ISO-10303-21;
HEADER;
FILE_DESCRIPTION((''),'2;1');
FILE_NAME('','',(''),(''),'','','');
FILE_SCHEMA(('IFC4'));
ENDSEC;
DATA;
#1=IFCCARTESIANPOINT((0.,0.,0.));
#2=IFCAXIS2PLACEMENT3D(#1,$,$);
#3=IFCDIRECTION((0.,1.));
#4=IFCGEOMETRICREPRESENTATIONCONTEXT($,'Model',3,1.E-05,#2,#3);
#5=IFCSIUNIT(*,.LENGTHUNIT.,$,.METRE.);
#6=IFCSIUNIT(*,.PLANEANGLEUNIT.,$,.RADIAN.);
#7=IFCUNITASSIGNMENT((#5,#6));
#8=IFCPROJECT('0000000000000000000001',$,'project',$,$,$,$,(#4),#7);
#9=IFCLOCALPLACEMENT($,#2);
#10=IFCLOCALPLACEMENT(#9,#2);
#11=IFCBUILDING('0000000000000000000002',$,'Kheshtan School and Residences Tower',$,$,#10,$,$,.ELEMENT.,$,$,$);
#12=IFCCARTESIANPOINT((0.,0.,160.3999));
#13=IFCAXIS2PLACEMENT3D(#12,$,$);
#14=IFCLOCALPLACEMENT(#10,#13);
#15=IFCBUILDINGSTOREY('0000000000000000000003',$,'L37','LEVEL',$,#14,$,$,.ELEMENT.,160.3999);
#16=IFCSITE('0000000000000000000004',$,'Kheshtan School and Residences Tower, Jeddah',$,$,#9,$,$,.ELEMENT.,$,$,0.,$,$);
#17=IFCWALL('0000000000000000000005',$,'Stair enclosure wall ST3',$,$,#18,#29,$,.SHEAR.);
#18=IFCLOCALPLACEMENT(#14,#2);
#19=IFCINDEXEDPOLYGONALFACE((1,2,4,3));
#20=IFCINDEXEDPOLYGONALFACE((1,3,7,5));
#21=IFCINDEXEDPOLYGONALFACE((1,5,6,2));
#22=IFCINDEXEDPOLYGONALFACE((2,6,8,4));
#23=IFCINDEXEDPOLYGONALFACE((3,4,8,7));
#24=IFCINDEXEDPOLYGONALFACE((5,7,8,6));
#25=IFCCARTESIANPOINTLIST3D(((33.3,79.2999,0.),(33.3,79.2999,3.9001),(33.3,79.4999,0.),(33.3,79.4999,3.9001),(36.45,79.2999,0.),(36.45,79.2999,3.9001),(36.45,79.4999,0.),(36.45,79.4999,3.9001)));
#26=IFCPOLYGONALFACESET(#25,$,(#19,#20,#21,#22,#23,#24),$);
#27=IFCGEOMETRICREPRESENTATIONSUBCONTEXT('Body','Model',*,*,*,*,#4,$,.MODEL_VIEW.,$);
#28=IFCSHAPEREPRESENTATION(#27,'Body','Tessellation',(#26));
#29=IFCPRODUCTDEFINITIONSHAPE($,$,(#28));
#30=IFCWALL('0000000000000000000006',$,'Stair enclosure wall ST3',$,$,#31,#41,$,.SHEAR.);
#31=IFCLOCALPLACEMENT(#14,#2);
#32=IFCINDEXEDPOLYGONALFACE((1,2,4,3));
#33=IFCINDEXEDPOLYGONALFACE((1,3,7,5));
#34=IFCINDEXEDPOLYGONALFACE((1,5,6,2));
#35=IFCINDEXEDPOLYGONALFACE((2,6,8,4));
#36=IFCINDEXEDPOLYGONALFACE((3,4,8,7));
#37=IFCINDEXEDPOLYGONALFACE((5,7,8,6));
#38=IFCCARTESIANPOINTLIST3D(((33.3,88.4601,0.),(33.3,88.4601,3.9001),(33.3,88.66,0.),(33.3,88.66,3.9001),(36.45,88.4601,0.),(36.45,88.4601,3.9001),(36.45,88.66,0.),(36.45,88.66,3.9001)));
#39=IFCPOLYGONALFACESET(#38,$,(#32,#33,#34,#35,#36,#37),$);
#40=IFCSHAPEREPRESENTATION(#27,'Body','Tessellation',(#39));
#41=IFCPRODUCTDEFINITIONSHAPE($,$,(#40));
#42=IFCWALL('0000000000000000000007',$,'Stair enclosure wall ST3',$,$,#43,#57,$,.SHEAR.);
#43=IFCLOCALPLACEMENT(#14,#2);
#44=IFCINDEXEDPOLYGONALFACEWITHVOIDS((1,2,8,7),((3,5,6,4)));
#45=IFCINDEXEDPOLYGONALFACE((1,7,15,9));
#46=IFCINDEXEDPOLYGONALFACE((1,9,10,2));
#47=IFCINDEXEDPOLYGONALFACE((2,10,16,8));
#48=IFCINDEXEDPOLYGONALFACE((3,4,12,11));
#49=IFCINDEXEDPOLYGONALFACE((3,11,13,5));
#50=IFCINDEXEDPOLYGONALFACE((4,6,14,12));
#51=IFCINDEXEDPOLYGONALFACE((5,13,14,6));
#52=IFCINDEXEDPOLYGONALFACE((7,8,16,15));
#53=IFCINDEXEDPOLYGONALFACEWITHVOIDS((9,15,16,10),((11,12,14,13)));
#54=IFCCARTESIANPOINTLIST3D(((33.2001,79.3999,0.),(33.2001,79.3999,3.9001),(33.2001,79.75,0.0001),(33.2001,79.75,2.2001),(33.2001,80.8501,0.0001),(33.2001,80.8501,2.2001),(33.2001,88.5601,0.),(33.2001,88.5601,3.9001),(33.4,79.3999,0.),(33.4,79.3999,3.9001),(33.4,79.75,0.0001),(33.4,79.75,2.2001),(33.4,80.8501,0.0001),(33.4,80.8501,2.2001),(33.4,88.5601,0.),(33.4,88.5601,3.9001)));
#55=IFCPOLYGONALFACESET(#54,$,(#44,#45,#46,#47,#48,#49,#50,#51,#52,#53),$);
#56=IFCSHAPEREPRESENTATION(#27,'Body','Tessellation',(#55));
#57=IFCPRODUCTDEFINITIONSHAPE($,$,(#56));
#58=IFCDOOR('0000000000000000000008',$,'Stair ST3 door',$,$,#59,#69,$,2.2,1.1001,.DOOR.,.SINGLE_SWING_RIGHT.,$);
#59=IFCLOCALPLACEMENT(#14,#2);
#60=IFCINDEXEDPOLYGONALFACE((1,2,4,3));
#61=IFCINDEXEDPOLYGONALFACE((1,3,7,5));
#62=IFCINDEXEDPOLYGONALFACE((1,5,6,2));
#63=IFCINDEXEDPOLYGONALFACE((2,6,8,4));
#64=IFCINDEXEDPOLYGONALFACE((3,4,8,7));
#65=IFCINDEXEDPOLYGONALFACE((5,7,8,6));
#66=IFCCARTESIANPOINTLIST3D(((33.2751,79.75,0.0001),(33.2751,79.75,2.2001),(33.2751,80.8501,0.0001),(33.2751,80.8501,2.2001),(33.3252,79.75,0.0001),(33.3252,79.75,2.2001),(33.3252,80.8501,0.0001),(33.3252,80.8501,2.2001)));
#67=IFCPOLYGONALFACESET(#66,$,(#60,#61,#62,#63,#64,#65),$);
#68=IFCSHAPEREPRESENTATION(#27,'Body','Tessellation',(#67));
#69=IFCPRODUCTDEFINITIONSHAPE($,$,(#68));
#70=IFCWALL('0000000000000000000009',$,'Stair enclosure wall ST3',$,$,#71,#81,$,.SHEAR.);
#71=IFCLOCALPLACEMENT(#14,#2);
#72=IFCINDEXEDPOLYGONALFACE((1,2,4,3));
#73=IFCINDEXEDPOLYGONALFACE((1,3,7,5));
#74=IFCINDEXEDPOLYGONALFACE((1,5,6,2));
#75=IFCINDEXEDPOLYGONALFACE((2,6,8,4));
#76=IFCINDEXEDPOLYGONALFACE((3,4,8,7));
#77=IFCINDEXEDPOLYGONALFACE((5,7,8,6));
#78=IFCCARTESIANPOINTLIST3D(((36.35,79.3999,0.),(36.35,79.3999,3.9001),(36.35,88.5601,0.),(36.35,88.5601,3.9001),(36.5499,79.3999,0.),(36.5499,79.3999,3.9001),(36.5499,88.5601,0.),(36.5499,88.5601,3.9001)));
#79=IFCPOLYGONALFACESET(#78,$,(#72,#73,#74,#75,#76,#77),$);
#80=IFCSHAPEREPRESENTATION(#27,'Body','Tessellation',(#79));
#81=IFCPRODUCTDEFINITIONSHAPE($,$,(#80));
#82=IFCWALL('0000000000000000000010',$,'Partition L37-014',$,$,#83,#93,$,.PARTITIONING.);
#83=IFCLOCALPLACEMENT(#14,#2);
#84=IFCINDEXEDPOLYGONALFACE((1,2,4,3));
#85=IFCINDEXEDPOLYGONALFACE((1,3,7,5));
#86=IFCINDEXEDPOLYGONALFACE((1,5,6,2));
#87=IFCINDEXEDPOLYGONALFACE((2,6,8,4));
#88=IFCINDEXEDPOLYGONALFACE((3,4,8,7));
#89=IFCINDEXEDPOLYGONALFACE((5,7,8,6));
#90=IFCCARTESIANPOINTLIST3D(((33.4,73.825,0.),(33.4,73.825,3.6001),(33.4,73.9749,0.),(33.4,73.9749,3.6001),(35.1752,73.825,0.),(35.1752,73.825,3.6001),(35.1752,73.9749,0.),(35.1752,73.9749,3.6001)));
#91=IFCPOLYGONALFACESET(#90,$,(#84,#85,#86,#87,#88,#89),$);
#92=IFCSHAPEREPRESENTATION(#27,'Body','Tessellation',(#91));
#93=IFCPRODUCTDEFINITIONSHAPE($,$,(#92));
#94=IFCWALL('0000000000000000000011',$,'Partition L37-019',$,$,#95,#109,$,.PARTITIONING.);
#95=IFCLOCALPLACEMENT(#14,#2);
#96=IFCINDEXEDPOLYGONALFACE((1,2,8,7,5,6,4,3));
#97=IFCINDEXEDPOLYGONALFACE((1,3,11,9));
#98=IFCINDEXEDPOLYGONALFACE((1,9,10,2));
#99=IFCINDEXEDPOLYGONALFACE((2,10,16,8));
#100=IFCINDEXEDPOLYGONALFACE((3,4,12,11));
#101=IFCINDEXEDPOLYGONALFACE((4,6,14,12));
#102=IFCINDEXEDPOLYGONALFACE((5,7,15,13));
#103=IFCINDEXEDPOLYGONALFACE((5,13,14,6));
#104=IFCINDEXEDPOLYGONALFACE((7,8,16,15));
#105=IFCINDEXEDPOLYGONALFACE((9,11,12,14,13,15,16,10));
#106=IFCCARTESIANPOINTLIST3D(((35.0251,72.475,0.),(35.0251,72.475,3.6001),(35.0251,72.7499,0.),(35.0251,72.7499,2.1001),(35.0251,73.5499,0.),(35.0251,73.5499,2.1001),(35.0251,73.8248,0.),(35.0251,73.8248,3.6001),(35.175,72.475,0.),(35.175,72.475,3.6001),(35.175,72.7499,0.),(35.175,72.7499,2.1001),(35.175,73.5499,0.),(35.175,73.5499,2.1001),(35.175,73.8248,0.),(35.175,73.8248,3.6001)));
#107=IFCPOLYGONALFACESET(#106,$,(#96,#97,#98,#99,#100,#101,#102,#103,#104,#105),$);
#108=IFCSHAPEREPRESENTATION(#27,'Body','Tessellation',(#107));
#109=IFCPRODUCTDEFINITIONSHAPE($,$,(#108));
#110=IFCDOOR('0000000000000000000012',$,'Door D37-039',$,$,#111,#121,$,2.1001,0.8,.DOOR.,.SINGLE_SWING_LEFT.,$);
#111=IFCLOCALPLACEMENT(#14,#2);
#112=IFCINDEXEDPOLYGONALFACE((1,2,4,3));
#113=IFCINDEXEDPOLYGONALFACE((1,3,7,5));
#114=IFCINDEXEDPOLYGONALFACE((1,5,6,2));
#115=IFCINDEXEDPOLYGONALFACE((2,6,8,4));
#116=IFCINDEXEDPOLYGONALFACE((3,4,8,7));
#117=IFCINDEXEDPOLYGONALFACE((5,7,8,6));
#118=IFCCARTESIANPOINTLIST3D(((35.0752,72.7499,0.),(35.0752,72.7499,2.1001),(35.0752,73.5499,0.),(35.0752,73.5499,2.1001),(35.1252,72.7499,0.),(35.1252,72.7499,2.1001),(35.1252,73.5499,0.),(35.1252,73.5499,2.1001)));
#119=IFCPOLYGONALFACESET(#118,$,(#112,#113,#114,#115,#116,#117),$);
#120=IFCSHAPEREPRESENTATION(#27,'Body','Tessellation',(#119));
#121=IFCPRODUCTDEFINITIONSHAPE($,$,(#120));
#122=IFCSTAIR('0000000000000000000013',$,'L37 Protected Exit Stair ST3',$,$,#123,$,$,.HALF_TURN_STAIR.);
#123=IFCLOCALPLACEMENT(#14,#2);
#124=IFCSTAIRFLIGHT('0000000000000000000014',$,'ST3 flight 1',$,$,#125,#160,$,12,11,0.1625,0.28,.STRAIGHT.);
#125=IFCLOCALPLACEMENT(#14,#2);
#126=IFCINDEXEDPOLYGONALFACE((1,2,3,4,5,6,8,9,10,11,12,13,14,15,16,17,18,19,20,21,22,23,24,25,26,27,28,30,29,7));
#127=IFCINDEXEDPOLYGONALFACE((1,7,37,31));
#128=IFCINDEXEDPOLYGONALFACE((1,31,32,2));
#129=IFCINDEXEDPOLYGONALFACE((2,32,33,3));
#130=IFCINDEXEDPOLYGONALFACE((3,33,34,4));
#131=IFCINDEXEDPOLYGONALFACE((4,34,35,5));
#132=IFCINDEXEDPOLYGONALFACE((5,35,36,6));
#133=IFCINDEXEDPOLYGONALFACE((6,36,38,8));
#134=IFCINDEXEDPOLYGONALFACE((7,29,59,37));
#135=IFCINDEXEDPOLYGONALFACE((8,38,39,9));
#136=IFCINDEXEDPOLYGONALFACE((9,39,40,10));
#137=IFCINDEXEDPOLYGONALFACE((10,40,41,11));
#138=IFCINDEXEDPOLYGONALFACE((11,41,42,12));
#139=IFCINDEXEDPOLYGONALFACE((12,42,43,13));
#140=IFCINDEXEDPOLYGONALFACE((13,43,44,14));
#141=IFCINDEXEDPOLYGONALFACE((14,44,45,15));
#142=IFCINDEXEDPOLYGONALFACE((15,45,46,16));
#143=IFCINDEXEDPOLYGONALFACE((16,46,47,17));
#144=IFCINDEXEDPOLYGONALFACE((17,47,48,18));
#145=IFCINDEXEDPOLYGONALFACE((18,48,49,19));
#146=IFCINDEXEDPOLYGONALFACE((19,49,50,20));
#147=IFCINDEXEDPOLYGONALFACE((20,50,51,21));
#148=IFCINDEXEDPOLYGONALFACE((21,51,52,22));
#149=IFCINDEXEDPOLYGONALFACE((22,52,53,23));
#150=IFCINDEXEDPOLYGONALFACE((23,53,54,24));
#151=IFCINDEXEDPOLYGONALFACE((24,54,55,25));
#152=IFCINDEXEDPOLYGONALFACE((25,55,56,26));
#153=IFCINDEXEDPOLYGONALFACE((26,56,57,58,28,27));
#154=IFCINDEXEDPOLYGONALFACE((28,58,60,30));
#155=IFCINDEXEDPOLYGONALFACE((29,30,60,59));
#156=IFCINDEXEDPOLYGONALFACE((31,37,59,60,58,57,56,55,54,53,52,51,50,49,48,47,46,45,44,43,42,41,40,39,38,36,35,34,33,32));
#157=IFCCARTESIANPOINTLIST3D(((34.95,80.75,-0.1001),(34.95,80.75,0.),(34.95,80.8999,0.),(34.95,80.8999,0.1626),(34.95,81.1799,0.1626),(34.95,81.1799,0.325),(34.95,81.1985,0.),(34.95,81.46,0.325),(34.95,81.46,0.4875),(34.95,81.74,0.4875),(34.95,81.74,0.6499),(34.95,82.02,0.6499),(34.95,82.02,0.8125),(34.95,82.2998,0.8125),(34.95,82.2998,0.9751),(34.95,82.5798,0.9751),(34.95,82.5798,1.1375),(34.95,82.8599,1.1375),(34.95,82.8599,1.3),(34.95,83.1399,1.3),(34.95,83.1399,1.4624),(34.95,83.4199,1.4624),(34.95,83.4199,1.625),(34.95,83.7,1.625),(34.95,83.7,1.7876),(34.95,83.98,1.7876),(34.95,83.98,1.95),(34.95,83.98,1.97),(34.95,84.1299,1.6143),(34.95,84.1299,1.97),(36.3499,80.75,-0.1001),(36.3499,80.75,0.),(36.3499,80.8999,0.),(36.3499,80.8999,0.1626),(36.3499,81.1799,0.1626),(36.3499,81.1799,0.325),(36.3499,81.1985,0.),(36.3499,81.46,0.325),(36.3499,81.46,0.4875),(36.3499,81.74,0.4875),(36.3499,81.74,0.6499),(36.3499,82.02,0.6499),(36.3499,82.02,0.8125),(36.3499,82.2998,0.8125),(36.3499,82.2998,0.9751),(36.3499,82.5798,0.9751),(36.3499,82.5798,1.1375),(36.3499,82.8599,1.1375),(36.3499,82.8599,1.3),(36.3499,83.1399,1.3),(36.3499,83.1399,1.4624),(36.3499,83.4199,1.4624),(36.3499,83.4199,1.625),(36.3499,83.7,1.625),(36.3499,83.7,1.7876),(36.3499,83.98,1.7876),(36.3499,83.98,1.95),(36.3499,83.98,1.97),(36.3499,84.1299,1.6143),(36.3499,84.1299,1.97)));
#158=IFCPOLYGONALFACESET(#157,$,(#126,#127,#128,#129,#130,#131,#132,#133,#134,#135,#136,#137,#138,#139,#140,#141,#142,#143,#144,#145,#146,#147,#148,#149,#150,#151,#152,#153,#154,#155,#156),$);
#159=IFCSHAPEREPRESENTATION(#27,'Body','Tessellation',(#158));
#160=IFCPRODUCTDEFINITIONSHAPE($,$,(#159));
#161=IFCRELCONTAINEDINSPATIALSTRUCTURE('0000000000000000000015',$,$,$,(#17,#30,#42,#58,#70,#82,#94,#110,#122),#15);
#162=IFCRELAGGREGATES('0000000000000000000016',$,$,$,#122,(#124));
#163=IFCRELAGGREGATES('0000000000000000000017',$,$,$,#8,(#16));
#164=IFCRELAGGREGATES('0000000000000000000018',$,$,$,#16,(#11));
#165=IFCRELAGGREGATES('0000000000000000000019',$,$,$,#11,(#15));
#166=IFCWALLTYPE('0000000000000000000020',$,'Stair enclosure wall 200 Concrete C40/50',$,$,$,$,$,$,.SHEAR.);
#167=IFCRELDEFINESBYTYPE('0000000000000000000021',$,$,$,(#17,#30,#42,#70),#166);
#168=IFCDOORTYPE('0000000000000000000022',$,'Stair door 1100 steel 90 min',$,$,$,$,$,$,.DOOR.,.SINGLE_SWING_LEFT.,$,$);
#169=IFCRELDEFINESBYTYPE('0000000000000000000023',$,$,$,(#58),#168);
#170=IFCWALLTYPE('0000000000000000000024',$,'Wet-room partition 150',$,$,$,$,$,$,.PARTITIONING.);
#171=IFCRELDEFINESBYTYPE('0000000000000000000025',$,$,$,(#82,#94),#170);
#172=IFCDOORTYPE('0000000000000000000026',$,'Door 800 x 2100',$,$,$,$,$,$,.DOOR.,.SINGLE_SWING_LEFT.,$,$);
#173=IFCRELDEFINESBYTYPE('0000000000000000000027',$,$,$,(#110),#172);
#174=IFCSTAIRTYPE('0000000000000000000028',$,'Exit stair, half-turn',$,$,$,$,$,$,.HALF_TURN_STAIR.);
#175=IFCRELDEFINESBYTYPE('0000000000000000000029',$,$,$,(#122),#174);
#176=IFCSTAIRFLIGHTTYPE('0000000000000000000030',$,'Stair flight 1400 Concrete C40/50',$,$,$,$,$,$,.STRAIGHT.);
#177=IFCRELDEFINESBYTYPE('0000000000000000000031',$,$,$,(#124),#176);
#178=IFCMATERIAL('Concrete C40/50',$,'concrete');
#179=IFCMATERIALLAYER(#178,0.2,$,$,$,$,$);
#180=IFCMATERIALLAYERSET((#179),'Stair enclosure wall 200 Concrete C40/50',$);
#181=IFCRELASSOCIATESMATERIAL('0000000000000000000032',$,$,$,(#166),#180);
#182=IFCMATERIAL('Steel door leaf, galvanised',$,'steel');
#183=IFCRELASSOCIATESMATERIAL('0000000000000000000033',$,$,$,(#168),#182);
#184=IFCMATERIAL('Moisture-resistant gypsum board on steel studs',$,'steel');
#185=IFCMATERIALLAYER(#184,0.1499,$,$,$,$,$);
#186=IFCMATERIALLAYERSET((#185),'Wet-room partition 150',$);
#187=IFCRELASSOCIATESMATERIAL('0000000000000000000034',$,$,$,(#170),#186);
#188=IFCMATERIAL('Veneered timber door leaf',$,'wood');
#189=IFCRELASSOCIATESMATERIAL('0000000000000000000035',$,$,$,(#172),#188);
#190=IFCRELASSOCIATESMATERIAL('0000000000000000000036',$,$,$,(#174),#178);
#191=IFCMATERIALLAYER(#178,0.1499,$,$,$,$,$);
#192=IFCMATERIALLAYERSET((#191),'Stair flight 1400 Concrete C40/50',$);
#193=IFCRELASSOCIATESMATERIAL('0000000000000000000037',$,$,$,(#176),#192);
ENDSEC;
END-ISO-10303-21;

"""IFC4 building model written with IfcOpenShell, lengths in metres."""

from ifc_helpers import new_model, si_unit, direction, frame, frame_2d, origin, place, context, subcontext, project, spatial, polyline, rectangle, outline, extrude, source, transform, mapped, material, layer, layer_set, type_object, element, fill, aggregate, save


model = new_model("IFC4")

# Units and contexts
model_context = context("Model", 3, precision=1e-05, world=origin(), true_north=direction((0.0, 1.0)))
body_context = subcontext(model_context, "Body", "Model", "MODEL_VIEW")
ifc_project = project(units=[si_unit("LENGTHUNIT", "METRE"), si_unit("PLANEANGLEUNIT", "RADIAN")], contexts=[model_context])

# Site, building, storey
site_placement = place(None, origin())
site = spatial("IfcSite", under=ifc_project, at=site_placement, Name="Kheshtan School and Residences Tower, Jeddah", CompositionType="ELEMENT", RefElevation=0.0)
building_placement = place(site_placement, origin())
building = spatial("IfcBuilding", under=site, at=building_placement, Name="Kheshtan School and Residences Tower", CompositionType="ELEMENT")
storey_placement = place(building_placement, frame((0.0, 0.0, 160.3999)))
storey = spatial("IfcBuildingStorey", under=building, at=storey_placement, Name="L37", Description="LEVEL", CompositionType="ELEMENT", Elevation=160.3999)

# Walls
ifc_material_1 = material(Name="Concrete C40/50", Category="concrete")
ifc_layer_1 = layer(ifc_material_1, 0.2)
ifc_layer_set_1 = layer_set([ifc_layer_1], Name="Stair enclosure wall 200 Concrete C40/50")
wall_type_1 = type_object("IfcWallType", Name="Stair enclosure wall 200 Concrete C40/50", PredefinedType="SHEAR", material=ifc_layer_set_1)
for number, where, z_axis, x_axis, name in (
    (1, (33.3, 79.3999, 0.0), (0.0, 0.0, 1.0), (1.0, 0.0, 0.0), "Stair enclosure wall ST3"),
    (2, (33.3, 88.5601, 0.0), (0.0, 0.0, 1.0), (1.0, 0.0, 0.0), "Stair enclosure wall ST3"),
):
    element("IfcWall", number, at=place(storey_placement, frame(where, z_axis=z_axis, x_axis=x_axis)), inside=storey, type_object=wall_type_1, Name=name, PredefinedType="SHEAR", context=body_context, shape_type="SweptSolid", body=[
        extrude(rectangle(XDim=3.1499, YDim=0.2, at=frame_2d((1.575, 0.0))), origin(), (0.0, 0.0, 1.0), 3.9001),
    ])

# Wall, opening, door
wall_1_placement = place(storey_placement, frame((33.3, 79.3999, 0.0), z_axis=(0.0, 0.0, 1.0), x_axis=(0.0, 1.0, 0.0)))
wall_1 = element("IfcWall", 3, at=wall_1_placement, inside=storey, type_object=wall_type_1, Name="Stair enclosure wall ST3", PredefinedType="SHEAR", context=body_context, shape_type="SweptSolid", body=[
    extrude(rectangle(XDim=9.1602, YDim=0.2, at=frame_2d((4.5801, 0.0))), origin(), (0.0, 0.0, 1.0), 3.9001),
])
opening_1_placement = place(wall_1_placement, frame((0.3501, 0.0, 0.0)))
opening_1 = element("IfcOpeningElement", 4, at=opening_1_placement, cuts=wall_1, PredefinedType="OPENING", context=body_context, shape_type="SweptSolid", body=[
    extrude(rectangle(XDim=1.1001, YDim=2.2, at=frame_2d((0.55, 1.1001))), frame((0.0, 0.1099, 0.0), z_axis=(0.0, -1.0, 0.0), x_axis=(1.0, 0.0, 0.0)), (0.0, 0.0, 1.0), 0.22),
])
ifc_material_2 = material(Name="Steel door leaf, galvanised", Category="steel")
door_type_1 = type_object("IfcDoorType", Name="Stair door 1100 steel 90 min", OperationType="SINGLE_SWING_LEFT", PredefinedType="DOOR", material=ifc_material_2)
shared_shape_1 = source(origin(), body_context, "Body", "SweptSolid", [
    extrude(rectangle(XDim=1.1001, YDim=2.2, at=frame_2d((0.55, 1.1001))), frame((0.0, 0.0249, 0.0), z_axis=(0.0, -1.0, 0.0), x_axis=(1.0, 0.0, 0.0)), (0.0, 0.0, 1.0), 0.05),
])
door_1_placement = place(opening_1_placement, origin())
door_1 = element("IfcDoor", 5, at=door_1_placement, inside=storey, type_object=door_type_1, Name="Stair ST3 door", OperationType="SINGLE_SWING_RIGHT", OverallHeight=2.2, OverallWidth=1.1001, PredefinedType="DOOR", context=body_context, shape_type="MappedRepresentation", body=[
    mapped(shared_shape_1, transform((0.0, 0.0, 0.0), x_axis=(1.0, 0.0, 0.0), y_axis=(0.0, 1.0, 0.0), z_axis=(0.0, 0.0, 1.0), scale=1.0)),
])
fill(opening_1, door_1)

# Walls
wall_2_placement = place(storey_placement, frame((36.45, 79.3999, 0.0), z_axis=(0.0, 0.0, 1.0), x_axis=(0.0, 1.0, 0.0)))
element("IfcWall", 6, at=wall_2_placement, inside=storey, type_object=wall_type_1, Name="Stair enclosure wall ST3", PredefinedType="SHEAR", context=body_context, shape_type="SweptSolid", body=[
    extrude(rectangle(XDim=9.1602, YDim=0.2, at=frame_2d((4.5801, 0.0))), origin(), (0.0, 0.0, 1.0), 3.9001),
])
ifc_material_3 = material(Name="Moisture-resistant gypsum board on steel studs", Category="steel")
ifc_layer_2 = layer(ifc_material_3, 0.1499)
ifc_layer_set_2 = layer_set([ifc_layer_2], Name="Wet-room partition 150")
wall_type_2 = type_object("IfcWallType", Name="Wet-room partition 150", PredefinedType="PARTITIONING", material=ifc_layer_set_2)
wall_3_placement = place(storey_placement, frame((33.3999, 73.8999, 0.0), z_axis=(0.0, 0.0, 1.0), x_axis=(1.0, 0.0, 0.0)))
element("IfcWall", 7, at=wall_3_placement, inside=storey, type_object=wall_type_2, Name="Partition L37-014", PredefinedType="PARTITIONING", context=body_context, shape_type="SweptSolid", body=[
    extrude(rectangle(XDim=1.7751, YDim=0.1499, at=frame_2d((0.8877, 0.0))), origin(), (0.0, 0.0, 1.0), 3.6001),
])

# Wall, opening, door
wall_4_placement = place(storey_placement, frame((35.1001, 72.4751, 0.0), z_axis=(0.0, 0.0, 1.0), x_axis=(0.0, 1.0, 0.0)))
wall_4 = element("IfcWall", 8, at=wall_4_placement, inside=storey, type_object=wall_type_2, Name="Partition L37-019", PredefinedType="PARTITIONING", context=body_context, shape_type="SweptSolid", body=[
    extrude(rectangle(XDim=1.3499, YDim=0.1499, at=frame_2d((0.6748, 0.0))), origin(), (0.0, 0.0, 1.0), 3.6001),
])
opening_2_placement = place(wall_4_placement, frame((0.2749, 0.0, 0.0)))
opening_2 = element("IfcOpeningElement", 9, at=opening_2_placement, cuts=wall_4, PredefinedType="OPENING", context=body_context, shape_type="SweptSolid", body=[
    extrude(rectangle(XDim=0.8, YDim=2.1001, at=frame_2d((0.3999, 1.05))), frame((0.0, 0.085, 0.0), z_axis=(0.0, -1.0, 0.0), x_axis=(1.0, 0.0, 0.0)), (0.0, 0.0, 1.0), 0.1699),
])
ifc_material_4 = material(Name="Veneered timber door leaf", Category="wood")
door_type_2 = type_object("IfcDoorType", Name="Door 800 x 2100", OperationType="SINGLE_SWING_LEFT", PredefinedType="DOOR", material=ifc_material_4)
shared_shape_2 = source(origin(), body_context, "Body", "SweptSolid", [
    extrude(rectangle(XDim=0.8, YDim=2.1001, at=frame_2d((0.3999, 1.05))), frame((0.0, 0.0249, 0.0), z_axis=(0.0, -1.0, 0.0), x_axis=(1.0, 0.0, 0.0)), (0.0, 0.0, 1.0), 0.05),
])
door_2_placement = place(opening_2_placement, origin())
door_2 = element("IfcDoor", 10, at=door_2_placement, inside=storey, type_object=door_type_2, Name="Door D37-039", OperationType="SINGLE_SWING_LEFT", OverallHeight=2.1001, OverallWidth=0.8, PredefinedType="DOOR", context=body_context, shape_type="MappedRepresentation", body=[
    mapped(shared_shape_2, transform((0.0, 0.0, 0.0), x_axis=(1.0, 0.0, 0.0), y_axis=(0.0, 1.0, 0.0), z_axis=(0.0, 0.0, 1.0), scale=1.0)),
])
fill(opening_2, door_2)

# Stair, stair flight
stair_type = type_object("IfcStairType", Name="Exit stair, half-turn", PredefinedType="HALF_TURN_STAIR", material=ifc_material_1)
stair_placement = place(storey_placement, origin())
stair = element("IfcStair", 11, at=stair_placement, inside=storey, type_object=stair_type, Name="L37 Protected Exit Stair ST3", PredefinedType="HALF_TURN_STAIR")
ifc_layer_3 = layer(ifc_material_1, 0.1499)
ifc_layer_set_3 = layer_set([ifc_layer_3], Name="Stair flight 1400 Concrete C40/50")
stair_flight_type = type_object("IfcStairFlightType", Name="Stair flight 1400 Concrete C40/50", PredefinedType="STRAIGHT", material=ifc_layer_set_3)
stair_flight_1_placement = place(storey_placement, frame((35.6499, 80.8999, 0.0), z_axis=(0.0, 0.0, 1.0), x_axis=(0.0, 1.0, 0.0)))
stair_flight_1 = element("IfcStairFlight", 12, at=stair_flight_1_placement, type_object=stair_flight_type, Name="ST3 flight 1", NumberOfRisers=12, NumberOfTreads=11, PredefinedType="STRAIGHT", RiserHeight=0.1625, TreadLength=0.28, context=body_context, shape_type="SweptSolid", body=[
    extrude(outline(polyline([(-0.1499, -0.1001), (-0.1499, 0.0), (0.0, 0.0), (0.0, 0.1626), (0.28, 0.1626), (0.28, 0.325), (0.5601, 0.325), (0.5601, 0.4875), (0.8401, 0.4875), (0.8401, 0.6499), (1.1201, 0.6499), (1.1201, 0.8125), (1.3999, 0.8125), (1.3999, 0.9751), (1.6799, 0.9751), (1.6799, 1.1375), (1.96, 1.1375), (1.96, 1.3), (2.24, 1.3), (2.24, 1.4624), (2.52, 1.4624), (2.52, 1.625), (2.8, 1.625), (2.8, 1.7876), (3.0801, 1.7876), (3.0801, 1.95), (3.0801, 1.97), (3.23, 1.97), (3.23, 1.6143), (0.2986, 0.0), (-0.1499, -0.1001)])), frame((0.0, 0.7, 0.0), z_axis=(0.0, -1.0, 0.0), x_axis=(1.0, 0.0, 0.0)), (0.0, 0.0, 1.0), 1.3999),
])
aggregate(stair, [stair_flight_1])

save(model, "model.ifc")
